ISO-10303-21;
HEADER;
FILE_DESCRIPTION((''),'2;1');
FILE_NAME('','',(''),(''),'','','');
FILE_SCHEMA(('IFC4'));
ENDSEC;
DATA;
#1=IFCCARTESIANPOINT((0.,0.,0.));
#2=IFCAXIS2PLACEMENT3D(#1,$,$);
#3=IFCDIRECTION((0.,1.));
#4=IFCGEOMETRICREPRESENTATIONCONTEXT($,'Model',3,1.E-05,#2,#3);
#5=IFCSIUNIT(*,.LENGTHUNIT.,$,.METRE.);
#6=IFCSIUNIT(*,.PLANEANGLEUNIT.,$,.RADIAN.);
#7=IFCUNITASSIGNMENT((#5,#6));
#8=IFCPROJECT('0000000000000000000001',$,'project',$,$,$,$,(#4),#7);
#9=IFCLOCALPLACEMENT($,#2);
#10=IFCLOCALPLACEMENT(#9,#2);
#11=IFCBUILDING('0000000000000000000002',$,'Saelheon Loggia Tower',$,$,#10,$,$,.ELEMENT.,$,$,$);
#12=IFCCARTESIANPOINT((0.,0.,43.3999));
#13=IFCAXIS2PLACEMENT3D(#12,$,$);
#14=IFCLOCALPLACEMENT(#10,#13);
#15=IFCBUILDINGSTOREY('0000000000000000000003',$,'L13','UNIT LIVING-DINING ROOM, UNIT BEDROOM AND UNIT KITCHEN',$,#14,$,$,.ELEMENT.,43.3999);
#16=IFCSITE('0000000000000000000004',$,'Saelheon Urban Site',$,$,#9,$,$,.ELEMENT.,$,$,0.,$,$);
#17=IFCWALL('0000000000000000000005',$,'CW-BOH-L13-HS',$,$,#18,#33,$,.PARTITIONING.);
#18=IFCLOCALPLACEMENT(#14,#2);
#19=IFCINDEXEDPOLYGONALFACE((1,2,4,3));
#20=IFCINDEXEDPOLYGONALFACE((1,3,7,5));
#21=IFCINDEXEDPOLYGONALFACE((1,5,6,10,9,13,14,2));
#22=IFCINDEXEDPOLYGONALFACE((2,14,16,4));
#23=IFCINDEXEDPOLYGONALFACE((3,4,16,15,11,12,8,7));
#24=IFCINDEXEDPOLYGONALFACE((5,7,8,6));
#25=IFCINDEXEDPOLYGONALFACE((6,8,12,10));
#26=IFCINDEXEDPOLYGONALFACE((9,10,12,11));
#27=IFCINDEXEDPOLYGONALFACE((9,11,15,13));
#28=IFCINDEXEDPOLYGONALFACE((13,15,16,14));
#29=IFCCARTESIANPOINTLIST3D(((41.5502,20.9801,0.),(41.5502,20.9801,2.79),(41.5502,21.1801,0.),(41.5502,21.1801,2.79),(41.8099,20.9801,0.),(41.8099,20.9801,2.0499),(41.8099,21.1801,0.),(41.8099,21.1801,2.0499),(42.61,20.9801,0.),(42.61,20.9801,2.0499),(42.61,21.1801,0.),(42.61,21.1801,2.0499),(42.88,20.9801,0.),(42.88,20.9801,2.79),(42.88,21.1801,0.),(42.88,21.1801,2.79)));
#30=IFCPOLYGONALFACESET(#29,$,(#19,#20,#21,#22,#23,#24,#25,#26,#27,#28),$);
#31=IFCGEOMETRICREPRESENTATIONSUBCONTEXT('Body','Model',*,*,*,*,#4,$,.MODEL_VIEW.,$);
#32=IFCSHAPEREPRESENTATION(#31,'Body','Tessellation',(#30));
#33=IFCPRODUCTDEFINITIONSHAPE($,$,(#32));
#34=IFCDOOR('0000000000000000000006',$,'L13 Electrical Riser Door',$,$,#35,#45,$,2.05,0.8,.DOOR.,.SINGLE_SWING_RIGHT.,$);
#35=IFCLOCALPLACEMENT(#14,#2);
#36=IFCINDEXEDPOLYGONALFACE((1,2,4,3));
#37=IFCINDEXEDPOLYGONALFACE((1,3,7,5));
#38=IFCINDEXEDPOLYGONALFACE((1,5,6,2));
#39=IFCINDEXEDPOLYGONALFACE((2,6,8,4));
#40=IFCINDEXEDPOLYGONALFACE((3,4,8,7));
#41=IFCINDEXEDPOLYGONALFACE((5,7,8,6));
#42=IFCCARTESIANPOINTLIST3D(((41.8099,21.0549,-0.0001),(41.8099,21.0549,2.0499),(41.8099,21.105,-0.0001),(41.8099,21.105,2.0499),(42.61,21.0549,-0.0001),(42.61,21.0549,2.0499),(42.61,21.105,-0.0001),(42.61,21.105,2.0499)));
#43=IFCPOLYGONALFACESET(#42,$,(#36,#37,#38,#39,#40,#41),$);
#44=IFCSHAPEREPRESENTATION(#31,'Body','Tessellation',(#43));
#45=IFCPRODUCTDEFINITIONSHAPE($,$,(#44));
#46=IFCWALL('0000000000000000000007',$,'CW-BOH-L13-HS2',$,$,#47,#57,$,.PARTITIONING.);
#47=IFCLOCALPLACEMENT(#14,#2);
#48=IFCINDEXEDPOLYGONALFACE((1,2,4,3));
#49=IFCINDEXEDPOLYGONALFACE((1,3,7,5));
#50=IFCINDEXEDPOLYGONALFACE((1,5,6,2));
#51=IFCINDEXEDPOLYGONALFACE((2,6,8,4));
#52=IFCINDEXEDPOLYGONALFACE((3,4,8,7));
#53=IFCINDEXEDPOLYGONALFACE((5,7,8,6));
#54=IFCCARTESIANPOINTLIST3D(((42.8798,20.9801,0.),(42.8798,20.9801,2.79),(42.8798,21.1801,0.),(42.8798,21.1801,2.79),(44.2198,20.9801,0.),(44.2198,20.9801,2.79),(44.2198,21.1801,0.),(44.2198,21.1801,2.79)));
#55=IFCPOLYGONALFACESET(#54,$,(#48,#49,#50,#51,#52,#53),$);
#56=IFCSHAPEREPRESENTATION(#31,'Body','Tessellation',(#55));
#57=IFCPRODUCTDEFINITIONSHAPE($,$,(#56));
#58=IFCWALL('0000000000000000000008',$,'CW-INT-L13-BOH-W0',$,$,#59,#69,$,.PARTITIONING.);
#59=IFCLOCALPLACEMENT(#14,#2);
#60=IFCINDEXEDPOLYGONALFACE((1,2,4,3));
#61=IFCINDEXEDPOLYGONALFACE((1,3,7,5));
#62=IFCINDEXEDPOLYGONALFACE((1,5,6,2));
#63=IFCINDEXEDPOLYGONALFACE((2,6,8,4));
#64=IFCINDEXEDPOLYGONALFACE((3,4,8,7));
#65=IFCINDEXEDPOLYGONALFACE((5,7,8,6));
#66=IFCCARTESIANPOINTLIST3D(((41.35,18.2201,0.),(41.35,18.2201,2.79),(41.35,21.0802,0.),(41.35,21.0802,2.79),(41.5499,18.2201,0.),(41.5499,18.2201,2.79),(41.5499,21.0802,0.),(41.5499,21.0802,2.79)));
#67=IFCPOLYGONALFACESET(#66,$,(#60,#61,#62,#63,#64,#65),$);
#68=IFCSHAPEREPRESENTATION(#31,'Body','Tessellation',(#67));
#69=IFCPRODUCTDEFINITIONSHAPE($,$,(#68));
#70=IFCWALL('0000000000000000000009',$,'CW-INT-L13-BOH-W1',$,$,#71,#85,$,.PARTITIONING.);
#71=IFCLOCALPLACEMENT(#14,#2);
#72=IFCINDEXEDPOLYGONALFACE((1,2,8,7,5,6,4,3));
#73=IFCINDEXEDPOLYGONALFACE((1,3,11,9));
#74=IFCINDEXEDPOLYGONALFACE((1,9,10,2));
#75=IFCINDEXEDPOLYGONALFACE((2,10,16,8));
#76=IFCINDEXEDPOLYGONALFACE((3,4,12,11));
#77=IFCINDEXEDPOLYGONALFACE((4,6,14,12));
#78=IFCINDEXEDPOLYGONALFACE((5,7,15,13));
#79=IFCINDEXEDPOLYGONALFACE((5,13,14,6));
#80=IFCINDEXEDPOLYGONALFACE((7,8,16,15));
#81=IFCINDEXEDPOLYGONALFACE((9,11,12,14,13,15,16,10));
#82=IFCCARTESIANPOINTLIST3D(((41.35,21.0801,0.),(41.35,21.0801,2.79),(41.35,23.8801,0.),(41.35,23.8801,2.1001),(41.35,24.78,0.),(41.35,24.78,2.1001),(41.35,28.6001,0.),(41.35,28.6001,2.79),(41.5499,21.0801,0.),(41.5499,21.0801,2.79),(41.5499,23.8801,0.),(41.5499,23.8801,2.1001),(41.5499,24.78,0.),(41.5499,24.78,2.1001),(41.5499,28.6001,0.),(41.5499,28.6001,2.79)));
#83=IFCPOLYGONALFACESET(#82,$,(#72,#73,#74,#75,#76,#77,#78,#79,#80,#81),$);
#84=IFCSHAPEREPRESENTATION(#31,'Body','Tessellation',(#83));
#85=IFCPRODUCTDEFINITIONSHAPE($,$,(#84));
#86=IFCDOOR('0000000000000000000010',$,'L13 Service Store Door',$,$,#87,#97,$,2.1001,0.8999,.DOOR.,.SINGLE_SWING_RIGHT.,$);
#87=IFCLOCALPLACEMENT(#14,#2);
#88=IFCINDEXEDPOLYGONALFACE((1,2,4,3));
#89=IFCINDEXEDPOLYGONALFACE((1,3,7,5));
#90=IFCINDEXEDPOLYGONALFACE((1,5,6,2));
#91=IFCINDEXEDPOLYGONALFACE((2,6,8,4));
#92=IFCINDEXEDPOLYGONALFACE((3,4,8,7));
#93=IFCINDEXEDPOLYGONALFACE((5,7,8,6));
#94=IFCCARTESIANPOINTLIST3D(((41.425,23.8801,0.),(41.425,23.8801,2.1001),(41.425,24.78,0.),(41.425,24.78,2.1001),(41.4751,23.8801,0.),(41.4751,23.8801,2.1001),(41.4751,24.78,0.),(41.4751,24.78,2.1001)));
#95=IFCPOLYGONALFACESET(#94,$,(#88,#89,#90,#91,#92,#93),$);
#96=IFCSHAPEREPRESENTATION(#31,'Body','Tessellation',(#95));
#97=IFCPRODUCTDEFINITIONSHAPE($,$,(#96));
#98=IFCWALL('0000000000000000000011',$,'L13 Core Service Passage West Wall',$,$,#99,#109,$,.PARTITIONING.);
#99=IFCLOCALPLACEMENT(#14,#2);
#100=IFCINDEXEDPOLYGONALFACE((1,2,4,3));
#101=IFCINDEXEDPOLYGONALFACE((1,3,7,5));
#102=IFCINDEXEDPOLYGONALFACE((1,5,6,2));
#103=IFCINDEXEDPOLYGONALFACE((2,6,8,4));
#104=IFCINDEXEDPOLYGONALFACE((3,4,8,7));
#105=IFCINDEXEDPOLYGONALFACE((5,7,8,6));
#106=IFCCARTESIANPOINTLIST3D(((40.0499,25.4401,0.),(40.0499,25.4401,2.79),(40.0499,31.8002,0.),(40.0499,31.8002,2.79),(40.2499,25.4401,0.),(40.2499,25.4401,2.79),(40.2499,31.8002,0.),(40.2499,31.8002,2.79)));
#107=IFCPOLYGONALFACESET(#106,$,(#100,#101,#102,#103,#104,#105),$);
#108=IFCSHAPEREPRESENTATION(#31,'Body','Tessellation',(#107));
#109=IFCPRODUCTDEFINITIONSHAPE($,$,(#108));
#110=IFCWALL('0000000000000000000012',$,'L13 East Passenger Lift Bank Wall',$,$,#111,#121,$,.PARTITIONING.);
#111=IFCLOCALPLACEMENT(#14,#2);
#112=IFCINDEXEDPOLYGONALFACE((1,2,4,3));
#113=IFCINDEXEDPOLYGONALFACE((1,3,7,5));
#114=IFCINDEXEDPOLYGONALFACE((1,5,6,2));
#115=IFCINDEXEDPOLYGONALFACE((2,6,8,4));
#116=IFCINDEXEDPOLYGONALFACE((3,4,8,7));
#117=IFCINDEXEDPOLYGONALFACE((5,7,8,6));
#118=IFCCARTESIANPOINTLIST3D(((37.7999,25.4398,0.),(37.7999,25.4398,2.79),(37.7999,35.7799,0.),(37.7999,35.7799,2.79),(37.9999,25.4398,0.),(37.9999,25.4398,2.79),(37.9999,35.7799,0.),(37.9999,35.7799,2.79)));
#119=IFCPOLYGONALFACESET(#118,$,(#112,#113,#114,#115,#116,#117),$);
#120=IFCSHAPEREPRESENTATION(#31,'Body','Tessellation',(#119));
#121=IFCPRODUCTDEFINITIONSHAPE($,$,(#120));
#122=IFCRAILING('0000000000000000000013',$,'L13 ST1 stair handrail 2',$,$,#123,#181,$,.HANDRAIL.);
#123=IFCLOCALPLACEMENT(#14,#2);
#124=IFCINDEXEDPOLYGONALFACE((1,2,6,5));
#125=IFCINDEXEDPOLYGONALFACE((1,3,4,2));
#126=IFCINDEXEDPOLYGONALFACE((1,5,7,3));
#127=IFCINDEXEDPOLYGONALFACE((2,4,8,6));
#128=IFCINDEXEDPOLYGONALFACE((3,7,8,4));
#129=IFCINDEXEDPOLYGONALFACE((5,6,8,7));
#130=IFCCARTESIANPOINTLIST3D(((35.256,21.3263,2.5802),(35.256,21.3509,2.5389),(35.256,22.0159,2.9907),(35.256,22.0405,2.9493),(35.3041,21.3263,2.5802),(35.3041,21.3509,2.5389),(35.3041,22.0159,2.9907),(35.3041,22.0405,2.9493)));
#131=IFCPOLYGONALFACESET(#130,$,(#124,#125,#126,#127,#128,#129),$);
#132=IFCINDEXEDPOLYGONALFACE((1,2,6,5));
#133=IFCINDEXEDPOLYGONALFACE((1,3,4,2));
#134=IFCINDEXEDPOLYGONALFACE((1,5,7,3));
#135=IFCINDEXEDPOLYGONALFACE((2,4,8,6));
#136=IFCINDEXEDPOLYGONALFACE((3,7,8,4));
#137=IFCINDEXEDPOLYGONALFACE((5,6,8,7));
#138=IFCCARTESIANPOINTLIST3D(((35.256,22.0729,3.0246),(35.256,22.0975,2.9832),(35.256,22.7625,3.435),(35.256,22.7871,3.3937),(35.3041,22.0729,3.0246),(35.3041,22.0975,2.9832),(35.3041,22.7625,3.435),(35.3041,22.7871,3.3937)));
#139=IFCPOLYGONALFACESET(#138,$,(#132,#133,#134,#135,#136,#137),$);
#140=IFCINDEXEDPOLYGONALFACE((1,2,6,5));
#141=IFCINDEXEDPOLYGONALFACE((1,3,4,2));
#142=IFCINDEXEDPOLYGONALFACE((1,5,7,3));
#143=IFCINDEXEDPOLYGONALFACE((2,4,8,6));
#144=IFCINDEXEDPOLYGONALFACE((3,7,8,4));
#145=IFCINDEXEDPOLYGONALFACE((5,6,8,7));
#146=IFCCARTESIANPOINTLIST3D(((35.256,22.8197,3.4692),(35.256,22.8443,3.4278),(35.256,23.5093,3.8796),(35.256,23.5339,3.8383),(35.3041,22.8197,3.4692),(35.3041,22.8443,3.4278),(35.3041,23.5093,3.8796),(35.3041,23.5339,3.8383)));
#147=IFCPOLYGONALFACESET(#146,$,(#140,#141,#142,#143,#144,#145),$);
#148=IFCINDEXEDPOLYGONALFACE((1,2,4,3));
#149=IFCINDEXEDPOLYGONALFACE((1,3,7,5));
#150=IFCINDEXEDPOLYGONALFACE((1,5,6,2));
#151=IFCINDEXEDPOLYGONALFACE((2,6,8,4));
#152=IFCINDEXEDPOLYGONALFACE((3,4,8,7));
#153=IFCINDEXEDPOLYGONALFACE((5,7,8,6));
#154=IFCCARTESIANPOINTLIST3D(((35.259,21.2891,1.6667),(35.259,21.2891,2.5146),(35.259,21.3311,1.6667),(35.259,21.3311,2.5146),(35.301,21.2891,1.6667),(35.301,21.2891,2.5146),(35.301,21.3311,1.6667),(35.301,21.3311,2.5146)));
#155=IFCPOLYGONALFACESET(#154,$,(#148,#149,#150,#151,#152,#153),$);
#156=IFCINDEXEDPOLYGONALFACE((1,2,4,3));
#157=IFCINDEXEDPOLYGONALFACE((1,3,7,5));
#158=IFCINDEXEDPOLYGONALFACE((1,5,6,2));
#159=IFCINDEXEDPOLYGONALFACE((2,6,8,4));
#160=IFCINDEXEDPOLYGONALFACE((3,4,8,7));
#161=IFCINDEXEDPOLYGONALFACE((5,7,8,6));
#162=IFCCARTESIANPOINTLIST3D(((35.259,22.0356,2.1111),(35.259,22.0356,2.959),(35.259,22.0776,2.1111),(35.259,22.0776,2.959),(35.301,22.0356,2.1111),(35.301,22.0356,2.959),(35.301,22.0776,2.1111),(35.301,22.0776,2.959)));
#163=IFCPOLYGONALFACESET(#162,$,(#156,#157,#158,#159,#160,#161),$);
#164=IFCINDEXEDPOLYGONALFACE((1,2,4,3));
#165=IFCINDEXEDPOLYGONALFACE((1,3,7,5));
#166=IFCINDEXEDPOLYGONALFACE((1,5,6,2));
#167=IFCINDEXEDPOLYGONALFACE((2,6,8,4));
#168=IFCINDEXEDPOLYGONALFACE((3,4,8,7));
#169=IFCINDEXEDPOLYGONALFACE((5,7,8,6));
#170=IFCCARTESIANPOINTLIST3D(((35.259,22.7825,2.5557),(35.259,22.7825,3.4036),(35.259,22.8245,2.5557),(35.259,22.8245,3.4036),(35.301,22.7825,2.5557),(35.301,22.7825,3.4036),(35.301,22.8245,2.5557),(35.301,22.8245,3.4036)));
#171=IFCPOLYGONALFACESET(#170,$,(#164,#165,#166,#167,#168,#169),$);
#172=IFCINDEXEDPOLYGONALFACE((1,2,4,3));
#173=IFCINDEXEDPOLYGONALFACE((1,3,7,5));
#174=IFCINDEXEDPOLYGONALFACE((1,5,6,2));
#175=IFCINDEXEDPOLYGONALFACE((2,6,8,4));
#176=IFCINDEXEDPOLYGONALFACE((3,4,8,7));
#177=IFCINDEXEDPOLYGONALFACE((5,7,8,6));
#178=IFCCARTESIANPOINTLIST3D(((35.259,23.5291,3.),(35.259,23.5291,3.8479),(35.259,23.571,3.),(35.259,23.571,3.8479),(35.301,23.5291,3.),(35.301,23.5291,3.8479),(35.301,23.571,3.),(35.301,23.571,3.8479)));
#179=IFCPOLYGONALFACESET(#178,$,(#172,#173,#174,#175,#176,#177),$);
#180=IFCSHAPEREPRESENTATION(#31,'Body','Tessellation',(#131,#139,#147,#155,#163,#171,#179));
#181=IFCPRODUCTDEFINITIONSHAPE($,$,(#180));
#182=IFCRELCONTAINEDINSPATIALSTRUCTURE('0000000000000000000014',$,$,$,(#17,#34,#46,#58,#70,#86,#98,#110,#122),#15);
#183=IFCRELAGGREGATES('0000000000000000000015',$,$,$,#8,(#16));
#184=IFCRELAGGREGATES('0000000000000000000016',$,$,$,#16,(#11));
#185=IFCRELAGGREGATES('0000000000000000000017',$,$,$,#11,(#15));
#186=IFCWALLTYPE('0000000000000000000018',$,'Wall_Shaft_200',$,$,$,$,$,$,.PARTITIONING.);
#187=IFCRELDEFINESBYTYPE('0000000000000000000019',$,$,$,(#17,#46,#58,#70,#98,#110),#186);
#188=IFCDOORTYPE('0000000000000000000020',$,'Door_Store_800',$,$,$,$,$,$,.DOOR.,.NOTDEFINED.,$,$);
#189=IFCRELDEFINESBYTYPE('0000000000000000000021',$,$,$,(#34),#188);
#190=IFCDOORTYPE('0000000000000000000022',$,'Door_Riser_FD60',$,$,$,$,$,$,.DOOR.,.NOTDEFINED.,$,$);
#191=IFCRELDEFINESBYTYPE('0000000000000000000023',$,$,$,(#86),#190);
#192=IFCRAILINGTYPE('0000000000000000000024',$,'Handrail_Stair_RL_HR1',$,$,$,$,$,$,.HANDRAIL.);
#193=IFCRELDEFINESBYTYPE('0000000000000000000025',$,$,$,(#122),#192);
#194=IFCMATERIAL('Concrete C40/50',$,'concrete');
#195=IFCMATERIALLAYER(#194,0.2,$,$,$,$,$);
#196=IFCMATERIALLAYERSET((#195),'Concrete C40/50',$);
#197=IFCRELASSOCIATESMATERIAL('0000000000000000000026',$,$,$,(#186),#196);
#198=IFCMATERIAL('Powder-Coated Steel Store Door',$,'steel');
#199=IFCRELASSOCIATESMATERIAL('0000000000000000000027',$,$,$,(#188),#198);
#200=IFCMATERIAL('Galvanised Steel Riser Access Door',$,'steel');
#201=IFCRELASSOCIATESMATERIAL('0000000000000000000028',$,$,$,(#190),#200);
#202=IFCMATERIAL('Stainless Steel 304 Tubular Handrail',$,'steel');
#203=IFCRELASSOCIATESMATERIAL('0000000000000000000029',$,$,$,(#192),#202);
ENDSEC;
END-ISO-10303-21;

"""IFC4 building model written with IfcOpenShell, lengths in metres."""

from ifc_helpers import new_model, si_unit, direction, frame, frame_2d, origin, origin_2d, place, context, subcontext, project, spatial, rectangle, extrude, source, transform, mapped, material, layer, layer_set, type_object, element, fill, save


model = new_model("IFC4")

# Units and contexts
model_context = context("Model", 3, precision=1e-05, world=origin(), true_north=direction((0.0, 1.0)))
body_context = subcontext(model_context, "Body", "Model", "MODEL_VIEW")
ifc_project = project(units=[si_unit("LENGTHUNIT", "METRE"), si_unit("PLANEANGLEUNIT", "RADIAN")], contexts=[model_context])

# Site, building, storey
site_placement = place(None, origin())
site = spatial("IfcSite", under=ifc_project, at=site_placement, Name="Saelheon Urban Site", CompositionType="ELEMENT", RefElevation=0.0)
building_placement = place(site_placement, origin())
building = spatial("IfcBuilding", under=site, at=building_placement, Name="Saelheon Loggia Tower", CompositionType="ELEMENT")
storey_placement = place(building_placement, frame((0.0, 0.0, 43.3999)))
storey = spatial("IfcBuildingStorey", under=building, at=storey_placement, Name="L13", Description="UNIT LIVING-DINING ROOM, UNIT BEDROOM AND UNIT KITCHEN", CompositionType="ELEMENT", Elevation=43.3999)

# Wall, opening, door
ifc_material_1 = material(Name="Concrete C40/50", Category="concrete")
ifc_layer_1 = layer(ifc_material_1, 0.2)
ifc_layer_set_1 = layer_set([ifc_layer_1], Name="Concrete C40/50")
wall_type_1 = type_object("IfcWallType", Name="Wall_Shaft_200", PredefinedType="PARTITIONING", material=ifc_layer_set_1)
wall_1_placement = place(storey_placement, frame((41.55, 21.0801, 0.0), z_axis=(0.0, 0.0, 1.0), x_axis=(1.0, 0.0, 0.0)))
wall_1 = element("IfcWall", 1, at=wall_1_placement, inside=storey, type_object=wall_type_1, Name="CW-BOH-L13-HS", PredefinedType="PARTITIONING", context=body_context, shape_type="SweptSolid", body=[
    extrude(rectangle(XDim=1.3298, YDim=0.2, at=frame_2d((0.665, 0.0))), origin(), (0.0, 0.0, 1.0), 2.79),
])
opening_1_placement = place(wall_1_placement, frame((0.26, 0.0, 0.0)))
opening_1 = element("IfcOpeningElement", 2, at=opening_1_placement, cuts=wall_1, PredefinedType="OPENING", context=body_context, shape_type="SweptSolid", body=[
    extrude(rectangle(XDim=0.8, YDim=2.05, at=frame_2d((0.3999, 1.0249))), frame((0.0, 0.1121, 0.0), z_axis=(0.0, -1.0, 0.0), x_axis=(1.0, 0.0, 0.0)), (0.0, 0.0, 1.0), 0.2239),
])
ifc_material_2 = material(Name="Powder-Coated Steel Store Door", Category="steel")
door_type_1 = type_object("IfcDoorType", Name="Door_Store_800", OperationType="NOTDEFINED", PredefinedType="DOOR", material=ifc_material_2)
shared_shape_1 = source(origin(), body_context, "Body", "SweptSolid", [
    extrude(rectangle(XDim=0.8, YDim=2.05, at=frame_2d((0.3999, 1.0249))), frame((0.0, 0.0249, 0.0), z_axis=(0.0, -1.0, 0.0), x_axis=(1.0, 0.0, 0.0)), (0.0, 0.0, 1.0), 0.05),
])
door_1_placement = place(opening_1_placement, origin())
door_1 = element("IfcDoor", 3, at=door_1_placement, inside=storey, type_object=door_type_1, Name="L13 Electrical Riser Door", OperationType="SINGLE_SWING_RIGHT", OverallHeight=2.05, OverallWidth=0.8, PredefinedType="DOOR", context=body_context, shape_type="MappedRepresentation", body=[
    mapped(shared_shape_1, transform((0.0, 0.0, 0.0), scale=1.0)),
])
fill(opening_1, door_1)

# Walls
wall_2_placement = place(storey_placement, frame((42.8799, 21.0801, 0.0), z_axis=(0.0, 0.0, 1.0), x_axis=(1.0, 0.0, 0.0)))
element("IfcWall", 4, at=wall_2_placement, inside=storey, type_object=wall_type_1, Name="CW-BOH-L13-HS2", PredefinedType="PARTITIONING", context=body_context, shape_type="SweptSolid", body=[
    extrude(rectangle(XDim=1.3401, YDim=0.2, at=frame_2d((0.6699, 0.0))), origin(), (0.0, 0.0, 1.0), 2.79),
])
wall_3_placement = place(storey_placement, frame((41.45, 18.22, 0.0), z_axis=(0.0, 0.0, 1.0), x_axis=(0.0, 1.0, 0.0)))
element("IfcWall", 5, at=wall_3_placement, inside=storey, type_object=wall_type_1, Name="CW-INT-L13-BOH-W0", PredefinedType="PARTITIONING", context=body_context, shape_type="SweptSolid", body=[
    extrude(rectangle(XDim=2.8601, YDim=0.2, at=frame_2d((1.4302, 0.0))), origin(), (0.0, 0.0, 1.0), 2.79),
])

# Wall, opening, door
wall_4_placement = place(storey_placement, frame((41.45, 21.0801, 0.0), z_axis=(0.0, 0.0, 1.0), x_axis=(0.0, 1.0, 0.0)))
wall_4 = element("IfcWall", 6, at=wall_4_placement, inside=storey, type_object=wall_type_1, Name="CW-INT-L13-BOH-W1", PredefinedType="PARTITIONING", context=body_context, shape_type="SweptSolid", body=[
    extrude(rectangle(XDim=7.52, YDim=0.2, at=frame_2d((3.76, 0.0))), origin(), (0.0, 0.0, 1.0), 2.79),
])
opening_2_placement = place(wall_4_placement, frame((2.8, 0.0, 0.0)))
opening_2 = element("IfcOpeningElement", 7, at=opening_2_placement, cuts=wall_4, PredefinedType="OPENING", context=body_context, shape_type="SweptSolid", body=[
    extrude(rectangle(XDim=0.8999, YDim=2.1001, at=frame_2d((0.45, 1.05))), frame((0.0, 0.1121, 0.0), z_axis=(0.0, -1.0, 0.0), x_axis=(1.0, 0.0, 0.0)), (0.0, 0.0, 1.0), 0.2239),
])
ifc_material_3 = material(Name="Galvanised Steel Riser Access Door", Category="steel")
door_type_2 = type_object("IfcDoorType", Name="Door_Riser_FD60", OperationType="NOTDEFINED", PredefinedType="DOOR", material=ifc_material_3)
shared_shape_2 = source(origin(), body_context, "Body", "SweptSolid", [
    extrude(rectangle(XDim=0.8999, YDim=2.1001, at=frame_2d((0.45, 1.05))), frame((0.0, 0.0249, 0.0), z_axis=(0.0, -1.0, 0.0), x_axis=(1.0, 0.0, 0.0)), (0.0, 0.0, 1.0), 0.05),
])
door_2_placement = place(opening_2_placement, origin())
door_2 = element("IfcDoor", 8, at=door_2_placement, inside=storey, type_object=door_type_2, Name="L13 Service Store Door", OperationType="SINGLE_SWING_RIGHT", OverallHeight=2.1001, OverallWidth=0.8999, PredefinedType="DOOR", context=body_context, shape_type="MappedRepresentation", body=[
    mapped(shared_shape_2, transform((0.0, 0.0, 0.0), scale=1.0)),
])
fill(opening_2, door_2)

# Wall
wall_5_placement = place(storey_placement, frame((40.1499, 25.4399, 0.0), z_axis=(0.0, 0.0, 1.0), x_axis=(0.0, 1.0, 0.0)))
element("IfcWall", 9, at=wall_5_placement, inside=storey, type_object=wall_type_1, Name="L13 Core Service Passage West Wall", PredefinedType="PARTITIONING", context=body_context, shape_type="SweptSolid", body=[
    extrude(rectangle(XDim=6.3601, YDim=0.2, at=frame_2d((3.1802, 0.0))), origin(), (0.0, 0.0, 1.0), 2.79),
])

# Wall
wall_6_placement = place(storey_placement, frame((37.8999, 25.4399, 0.0), z_axis=(0.0, 0.0, 1.0), x_axis=(0.0, 1.0, 0.0)))
element("IfcWall", 10, at=wall_6_placement, inside=storey, type_object=wall_type_1, Name="L13 East Passenger Lift Bank Wall", PredefinedType="PARTITIONING", context=body_context, shape_type="SweptSolid", body=[
    extrude(rectangle(XDim=10.3401, YDim=0.2, at=frame_2d((5.1699, 0.0))), origin(), (0.0, 0.0, 1.0), 2.79),
])

# Railing
ifc_material_4 = material(Name="Stainless Steel 304 Tubular Handrail", Category="steel")
railing_type = type_object("IfcRailingType", Name="Handrail_Stair_RL_HR1", PredefinedType="HANDRAIL", material=ifc_material_4)
railing_placement = place(storey_placement, frame((35.28, 21.3101, 1.6667)))
element("IfcRailing", 11, at=railing_placement, inside=storey, type_object=railing_type, Name="L13 ST1 stair handrail 2", PredefinedType="HANDRAIL", context=body_context, shape_type="SweptSolid", body=[
    extrude(rectangle(XDim=0.0481, YDim=0.0481, at=origin_2d()), frame((0.0, 0.0286, 0.8928), z_axis=(0.0, 0.859306, 0.511462), x_axis=(-1.0, 0.0, 0.0)), (0.0, 0.0, 1.0), 0.8025),
    extrude(rectangle(XDim=0.0481, YDim=0.0481, at=origin_2d()), frame((0.0, 0.7751, 1.3372), z_axis=(0.0, 0.859306, 0.511462), x_axis=(-1.0, 0.0, 0.0)), (0.0, 0.0, 1.0), 0.8025),
    extrude(rectangle(XDim=0.0481, YDim=0.0481, at=origin_2d()), frame((0.0, 1.522, 1.7817), z_axis=(0.0, 0.859306, 0.511462), x_axis=(-1.0, 0.0, 0.0)), (0.0, 0.0, 1.0), 0.8025),
    extrude(rectangle(XDim=0.042, YDim=0.042, at=origin_2d()), origin(), (0.0, 0.0, 1.0), 0.8479),
    extrude(rectangle(XDim=0.042, YDim=0.042, at=origin_2d()), frame((0.0, 0.7466, 0.4443)), (0.0, 0.0, 1.0), 0.8479),
    extrude(rectangle(XDim=0.042, YDim=0.042, at=origin_2d()), frame((0.0, 1.4934, 0.8889)), (0.0, 0.0, 1.0), 0.8479),
    extrude(rectangle(XDim=0.042, YDim=0.042, at=origin_2d()), frame((0.0, 2.24, 1.3333)), (0.0, 0.0, 1.0), 0.8479),
])

save(model, "model.ifc")
